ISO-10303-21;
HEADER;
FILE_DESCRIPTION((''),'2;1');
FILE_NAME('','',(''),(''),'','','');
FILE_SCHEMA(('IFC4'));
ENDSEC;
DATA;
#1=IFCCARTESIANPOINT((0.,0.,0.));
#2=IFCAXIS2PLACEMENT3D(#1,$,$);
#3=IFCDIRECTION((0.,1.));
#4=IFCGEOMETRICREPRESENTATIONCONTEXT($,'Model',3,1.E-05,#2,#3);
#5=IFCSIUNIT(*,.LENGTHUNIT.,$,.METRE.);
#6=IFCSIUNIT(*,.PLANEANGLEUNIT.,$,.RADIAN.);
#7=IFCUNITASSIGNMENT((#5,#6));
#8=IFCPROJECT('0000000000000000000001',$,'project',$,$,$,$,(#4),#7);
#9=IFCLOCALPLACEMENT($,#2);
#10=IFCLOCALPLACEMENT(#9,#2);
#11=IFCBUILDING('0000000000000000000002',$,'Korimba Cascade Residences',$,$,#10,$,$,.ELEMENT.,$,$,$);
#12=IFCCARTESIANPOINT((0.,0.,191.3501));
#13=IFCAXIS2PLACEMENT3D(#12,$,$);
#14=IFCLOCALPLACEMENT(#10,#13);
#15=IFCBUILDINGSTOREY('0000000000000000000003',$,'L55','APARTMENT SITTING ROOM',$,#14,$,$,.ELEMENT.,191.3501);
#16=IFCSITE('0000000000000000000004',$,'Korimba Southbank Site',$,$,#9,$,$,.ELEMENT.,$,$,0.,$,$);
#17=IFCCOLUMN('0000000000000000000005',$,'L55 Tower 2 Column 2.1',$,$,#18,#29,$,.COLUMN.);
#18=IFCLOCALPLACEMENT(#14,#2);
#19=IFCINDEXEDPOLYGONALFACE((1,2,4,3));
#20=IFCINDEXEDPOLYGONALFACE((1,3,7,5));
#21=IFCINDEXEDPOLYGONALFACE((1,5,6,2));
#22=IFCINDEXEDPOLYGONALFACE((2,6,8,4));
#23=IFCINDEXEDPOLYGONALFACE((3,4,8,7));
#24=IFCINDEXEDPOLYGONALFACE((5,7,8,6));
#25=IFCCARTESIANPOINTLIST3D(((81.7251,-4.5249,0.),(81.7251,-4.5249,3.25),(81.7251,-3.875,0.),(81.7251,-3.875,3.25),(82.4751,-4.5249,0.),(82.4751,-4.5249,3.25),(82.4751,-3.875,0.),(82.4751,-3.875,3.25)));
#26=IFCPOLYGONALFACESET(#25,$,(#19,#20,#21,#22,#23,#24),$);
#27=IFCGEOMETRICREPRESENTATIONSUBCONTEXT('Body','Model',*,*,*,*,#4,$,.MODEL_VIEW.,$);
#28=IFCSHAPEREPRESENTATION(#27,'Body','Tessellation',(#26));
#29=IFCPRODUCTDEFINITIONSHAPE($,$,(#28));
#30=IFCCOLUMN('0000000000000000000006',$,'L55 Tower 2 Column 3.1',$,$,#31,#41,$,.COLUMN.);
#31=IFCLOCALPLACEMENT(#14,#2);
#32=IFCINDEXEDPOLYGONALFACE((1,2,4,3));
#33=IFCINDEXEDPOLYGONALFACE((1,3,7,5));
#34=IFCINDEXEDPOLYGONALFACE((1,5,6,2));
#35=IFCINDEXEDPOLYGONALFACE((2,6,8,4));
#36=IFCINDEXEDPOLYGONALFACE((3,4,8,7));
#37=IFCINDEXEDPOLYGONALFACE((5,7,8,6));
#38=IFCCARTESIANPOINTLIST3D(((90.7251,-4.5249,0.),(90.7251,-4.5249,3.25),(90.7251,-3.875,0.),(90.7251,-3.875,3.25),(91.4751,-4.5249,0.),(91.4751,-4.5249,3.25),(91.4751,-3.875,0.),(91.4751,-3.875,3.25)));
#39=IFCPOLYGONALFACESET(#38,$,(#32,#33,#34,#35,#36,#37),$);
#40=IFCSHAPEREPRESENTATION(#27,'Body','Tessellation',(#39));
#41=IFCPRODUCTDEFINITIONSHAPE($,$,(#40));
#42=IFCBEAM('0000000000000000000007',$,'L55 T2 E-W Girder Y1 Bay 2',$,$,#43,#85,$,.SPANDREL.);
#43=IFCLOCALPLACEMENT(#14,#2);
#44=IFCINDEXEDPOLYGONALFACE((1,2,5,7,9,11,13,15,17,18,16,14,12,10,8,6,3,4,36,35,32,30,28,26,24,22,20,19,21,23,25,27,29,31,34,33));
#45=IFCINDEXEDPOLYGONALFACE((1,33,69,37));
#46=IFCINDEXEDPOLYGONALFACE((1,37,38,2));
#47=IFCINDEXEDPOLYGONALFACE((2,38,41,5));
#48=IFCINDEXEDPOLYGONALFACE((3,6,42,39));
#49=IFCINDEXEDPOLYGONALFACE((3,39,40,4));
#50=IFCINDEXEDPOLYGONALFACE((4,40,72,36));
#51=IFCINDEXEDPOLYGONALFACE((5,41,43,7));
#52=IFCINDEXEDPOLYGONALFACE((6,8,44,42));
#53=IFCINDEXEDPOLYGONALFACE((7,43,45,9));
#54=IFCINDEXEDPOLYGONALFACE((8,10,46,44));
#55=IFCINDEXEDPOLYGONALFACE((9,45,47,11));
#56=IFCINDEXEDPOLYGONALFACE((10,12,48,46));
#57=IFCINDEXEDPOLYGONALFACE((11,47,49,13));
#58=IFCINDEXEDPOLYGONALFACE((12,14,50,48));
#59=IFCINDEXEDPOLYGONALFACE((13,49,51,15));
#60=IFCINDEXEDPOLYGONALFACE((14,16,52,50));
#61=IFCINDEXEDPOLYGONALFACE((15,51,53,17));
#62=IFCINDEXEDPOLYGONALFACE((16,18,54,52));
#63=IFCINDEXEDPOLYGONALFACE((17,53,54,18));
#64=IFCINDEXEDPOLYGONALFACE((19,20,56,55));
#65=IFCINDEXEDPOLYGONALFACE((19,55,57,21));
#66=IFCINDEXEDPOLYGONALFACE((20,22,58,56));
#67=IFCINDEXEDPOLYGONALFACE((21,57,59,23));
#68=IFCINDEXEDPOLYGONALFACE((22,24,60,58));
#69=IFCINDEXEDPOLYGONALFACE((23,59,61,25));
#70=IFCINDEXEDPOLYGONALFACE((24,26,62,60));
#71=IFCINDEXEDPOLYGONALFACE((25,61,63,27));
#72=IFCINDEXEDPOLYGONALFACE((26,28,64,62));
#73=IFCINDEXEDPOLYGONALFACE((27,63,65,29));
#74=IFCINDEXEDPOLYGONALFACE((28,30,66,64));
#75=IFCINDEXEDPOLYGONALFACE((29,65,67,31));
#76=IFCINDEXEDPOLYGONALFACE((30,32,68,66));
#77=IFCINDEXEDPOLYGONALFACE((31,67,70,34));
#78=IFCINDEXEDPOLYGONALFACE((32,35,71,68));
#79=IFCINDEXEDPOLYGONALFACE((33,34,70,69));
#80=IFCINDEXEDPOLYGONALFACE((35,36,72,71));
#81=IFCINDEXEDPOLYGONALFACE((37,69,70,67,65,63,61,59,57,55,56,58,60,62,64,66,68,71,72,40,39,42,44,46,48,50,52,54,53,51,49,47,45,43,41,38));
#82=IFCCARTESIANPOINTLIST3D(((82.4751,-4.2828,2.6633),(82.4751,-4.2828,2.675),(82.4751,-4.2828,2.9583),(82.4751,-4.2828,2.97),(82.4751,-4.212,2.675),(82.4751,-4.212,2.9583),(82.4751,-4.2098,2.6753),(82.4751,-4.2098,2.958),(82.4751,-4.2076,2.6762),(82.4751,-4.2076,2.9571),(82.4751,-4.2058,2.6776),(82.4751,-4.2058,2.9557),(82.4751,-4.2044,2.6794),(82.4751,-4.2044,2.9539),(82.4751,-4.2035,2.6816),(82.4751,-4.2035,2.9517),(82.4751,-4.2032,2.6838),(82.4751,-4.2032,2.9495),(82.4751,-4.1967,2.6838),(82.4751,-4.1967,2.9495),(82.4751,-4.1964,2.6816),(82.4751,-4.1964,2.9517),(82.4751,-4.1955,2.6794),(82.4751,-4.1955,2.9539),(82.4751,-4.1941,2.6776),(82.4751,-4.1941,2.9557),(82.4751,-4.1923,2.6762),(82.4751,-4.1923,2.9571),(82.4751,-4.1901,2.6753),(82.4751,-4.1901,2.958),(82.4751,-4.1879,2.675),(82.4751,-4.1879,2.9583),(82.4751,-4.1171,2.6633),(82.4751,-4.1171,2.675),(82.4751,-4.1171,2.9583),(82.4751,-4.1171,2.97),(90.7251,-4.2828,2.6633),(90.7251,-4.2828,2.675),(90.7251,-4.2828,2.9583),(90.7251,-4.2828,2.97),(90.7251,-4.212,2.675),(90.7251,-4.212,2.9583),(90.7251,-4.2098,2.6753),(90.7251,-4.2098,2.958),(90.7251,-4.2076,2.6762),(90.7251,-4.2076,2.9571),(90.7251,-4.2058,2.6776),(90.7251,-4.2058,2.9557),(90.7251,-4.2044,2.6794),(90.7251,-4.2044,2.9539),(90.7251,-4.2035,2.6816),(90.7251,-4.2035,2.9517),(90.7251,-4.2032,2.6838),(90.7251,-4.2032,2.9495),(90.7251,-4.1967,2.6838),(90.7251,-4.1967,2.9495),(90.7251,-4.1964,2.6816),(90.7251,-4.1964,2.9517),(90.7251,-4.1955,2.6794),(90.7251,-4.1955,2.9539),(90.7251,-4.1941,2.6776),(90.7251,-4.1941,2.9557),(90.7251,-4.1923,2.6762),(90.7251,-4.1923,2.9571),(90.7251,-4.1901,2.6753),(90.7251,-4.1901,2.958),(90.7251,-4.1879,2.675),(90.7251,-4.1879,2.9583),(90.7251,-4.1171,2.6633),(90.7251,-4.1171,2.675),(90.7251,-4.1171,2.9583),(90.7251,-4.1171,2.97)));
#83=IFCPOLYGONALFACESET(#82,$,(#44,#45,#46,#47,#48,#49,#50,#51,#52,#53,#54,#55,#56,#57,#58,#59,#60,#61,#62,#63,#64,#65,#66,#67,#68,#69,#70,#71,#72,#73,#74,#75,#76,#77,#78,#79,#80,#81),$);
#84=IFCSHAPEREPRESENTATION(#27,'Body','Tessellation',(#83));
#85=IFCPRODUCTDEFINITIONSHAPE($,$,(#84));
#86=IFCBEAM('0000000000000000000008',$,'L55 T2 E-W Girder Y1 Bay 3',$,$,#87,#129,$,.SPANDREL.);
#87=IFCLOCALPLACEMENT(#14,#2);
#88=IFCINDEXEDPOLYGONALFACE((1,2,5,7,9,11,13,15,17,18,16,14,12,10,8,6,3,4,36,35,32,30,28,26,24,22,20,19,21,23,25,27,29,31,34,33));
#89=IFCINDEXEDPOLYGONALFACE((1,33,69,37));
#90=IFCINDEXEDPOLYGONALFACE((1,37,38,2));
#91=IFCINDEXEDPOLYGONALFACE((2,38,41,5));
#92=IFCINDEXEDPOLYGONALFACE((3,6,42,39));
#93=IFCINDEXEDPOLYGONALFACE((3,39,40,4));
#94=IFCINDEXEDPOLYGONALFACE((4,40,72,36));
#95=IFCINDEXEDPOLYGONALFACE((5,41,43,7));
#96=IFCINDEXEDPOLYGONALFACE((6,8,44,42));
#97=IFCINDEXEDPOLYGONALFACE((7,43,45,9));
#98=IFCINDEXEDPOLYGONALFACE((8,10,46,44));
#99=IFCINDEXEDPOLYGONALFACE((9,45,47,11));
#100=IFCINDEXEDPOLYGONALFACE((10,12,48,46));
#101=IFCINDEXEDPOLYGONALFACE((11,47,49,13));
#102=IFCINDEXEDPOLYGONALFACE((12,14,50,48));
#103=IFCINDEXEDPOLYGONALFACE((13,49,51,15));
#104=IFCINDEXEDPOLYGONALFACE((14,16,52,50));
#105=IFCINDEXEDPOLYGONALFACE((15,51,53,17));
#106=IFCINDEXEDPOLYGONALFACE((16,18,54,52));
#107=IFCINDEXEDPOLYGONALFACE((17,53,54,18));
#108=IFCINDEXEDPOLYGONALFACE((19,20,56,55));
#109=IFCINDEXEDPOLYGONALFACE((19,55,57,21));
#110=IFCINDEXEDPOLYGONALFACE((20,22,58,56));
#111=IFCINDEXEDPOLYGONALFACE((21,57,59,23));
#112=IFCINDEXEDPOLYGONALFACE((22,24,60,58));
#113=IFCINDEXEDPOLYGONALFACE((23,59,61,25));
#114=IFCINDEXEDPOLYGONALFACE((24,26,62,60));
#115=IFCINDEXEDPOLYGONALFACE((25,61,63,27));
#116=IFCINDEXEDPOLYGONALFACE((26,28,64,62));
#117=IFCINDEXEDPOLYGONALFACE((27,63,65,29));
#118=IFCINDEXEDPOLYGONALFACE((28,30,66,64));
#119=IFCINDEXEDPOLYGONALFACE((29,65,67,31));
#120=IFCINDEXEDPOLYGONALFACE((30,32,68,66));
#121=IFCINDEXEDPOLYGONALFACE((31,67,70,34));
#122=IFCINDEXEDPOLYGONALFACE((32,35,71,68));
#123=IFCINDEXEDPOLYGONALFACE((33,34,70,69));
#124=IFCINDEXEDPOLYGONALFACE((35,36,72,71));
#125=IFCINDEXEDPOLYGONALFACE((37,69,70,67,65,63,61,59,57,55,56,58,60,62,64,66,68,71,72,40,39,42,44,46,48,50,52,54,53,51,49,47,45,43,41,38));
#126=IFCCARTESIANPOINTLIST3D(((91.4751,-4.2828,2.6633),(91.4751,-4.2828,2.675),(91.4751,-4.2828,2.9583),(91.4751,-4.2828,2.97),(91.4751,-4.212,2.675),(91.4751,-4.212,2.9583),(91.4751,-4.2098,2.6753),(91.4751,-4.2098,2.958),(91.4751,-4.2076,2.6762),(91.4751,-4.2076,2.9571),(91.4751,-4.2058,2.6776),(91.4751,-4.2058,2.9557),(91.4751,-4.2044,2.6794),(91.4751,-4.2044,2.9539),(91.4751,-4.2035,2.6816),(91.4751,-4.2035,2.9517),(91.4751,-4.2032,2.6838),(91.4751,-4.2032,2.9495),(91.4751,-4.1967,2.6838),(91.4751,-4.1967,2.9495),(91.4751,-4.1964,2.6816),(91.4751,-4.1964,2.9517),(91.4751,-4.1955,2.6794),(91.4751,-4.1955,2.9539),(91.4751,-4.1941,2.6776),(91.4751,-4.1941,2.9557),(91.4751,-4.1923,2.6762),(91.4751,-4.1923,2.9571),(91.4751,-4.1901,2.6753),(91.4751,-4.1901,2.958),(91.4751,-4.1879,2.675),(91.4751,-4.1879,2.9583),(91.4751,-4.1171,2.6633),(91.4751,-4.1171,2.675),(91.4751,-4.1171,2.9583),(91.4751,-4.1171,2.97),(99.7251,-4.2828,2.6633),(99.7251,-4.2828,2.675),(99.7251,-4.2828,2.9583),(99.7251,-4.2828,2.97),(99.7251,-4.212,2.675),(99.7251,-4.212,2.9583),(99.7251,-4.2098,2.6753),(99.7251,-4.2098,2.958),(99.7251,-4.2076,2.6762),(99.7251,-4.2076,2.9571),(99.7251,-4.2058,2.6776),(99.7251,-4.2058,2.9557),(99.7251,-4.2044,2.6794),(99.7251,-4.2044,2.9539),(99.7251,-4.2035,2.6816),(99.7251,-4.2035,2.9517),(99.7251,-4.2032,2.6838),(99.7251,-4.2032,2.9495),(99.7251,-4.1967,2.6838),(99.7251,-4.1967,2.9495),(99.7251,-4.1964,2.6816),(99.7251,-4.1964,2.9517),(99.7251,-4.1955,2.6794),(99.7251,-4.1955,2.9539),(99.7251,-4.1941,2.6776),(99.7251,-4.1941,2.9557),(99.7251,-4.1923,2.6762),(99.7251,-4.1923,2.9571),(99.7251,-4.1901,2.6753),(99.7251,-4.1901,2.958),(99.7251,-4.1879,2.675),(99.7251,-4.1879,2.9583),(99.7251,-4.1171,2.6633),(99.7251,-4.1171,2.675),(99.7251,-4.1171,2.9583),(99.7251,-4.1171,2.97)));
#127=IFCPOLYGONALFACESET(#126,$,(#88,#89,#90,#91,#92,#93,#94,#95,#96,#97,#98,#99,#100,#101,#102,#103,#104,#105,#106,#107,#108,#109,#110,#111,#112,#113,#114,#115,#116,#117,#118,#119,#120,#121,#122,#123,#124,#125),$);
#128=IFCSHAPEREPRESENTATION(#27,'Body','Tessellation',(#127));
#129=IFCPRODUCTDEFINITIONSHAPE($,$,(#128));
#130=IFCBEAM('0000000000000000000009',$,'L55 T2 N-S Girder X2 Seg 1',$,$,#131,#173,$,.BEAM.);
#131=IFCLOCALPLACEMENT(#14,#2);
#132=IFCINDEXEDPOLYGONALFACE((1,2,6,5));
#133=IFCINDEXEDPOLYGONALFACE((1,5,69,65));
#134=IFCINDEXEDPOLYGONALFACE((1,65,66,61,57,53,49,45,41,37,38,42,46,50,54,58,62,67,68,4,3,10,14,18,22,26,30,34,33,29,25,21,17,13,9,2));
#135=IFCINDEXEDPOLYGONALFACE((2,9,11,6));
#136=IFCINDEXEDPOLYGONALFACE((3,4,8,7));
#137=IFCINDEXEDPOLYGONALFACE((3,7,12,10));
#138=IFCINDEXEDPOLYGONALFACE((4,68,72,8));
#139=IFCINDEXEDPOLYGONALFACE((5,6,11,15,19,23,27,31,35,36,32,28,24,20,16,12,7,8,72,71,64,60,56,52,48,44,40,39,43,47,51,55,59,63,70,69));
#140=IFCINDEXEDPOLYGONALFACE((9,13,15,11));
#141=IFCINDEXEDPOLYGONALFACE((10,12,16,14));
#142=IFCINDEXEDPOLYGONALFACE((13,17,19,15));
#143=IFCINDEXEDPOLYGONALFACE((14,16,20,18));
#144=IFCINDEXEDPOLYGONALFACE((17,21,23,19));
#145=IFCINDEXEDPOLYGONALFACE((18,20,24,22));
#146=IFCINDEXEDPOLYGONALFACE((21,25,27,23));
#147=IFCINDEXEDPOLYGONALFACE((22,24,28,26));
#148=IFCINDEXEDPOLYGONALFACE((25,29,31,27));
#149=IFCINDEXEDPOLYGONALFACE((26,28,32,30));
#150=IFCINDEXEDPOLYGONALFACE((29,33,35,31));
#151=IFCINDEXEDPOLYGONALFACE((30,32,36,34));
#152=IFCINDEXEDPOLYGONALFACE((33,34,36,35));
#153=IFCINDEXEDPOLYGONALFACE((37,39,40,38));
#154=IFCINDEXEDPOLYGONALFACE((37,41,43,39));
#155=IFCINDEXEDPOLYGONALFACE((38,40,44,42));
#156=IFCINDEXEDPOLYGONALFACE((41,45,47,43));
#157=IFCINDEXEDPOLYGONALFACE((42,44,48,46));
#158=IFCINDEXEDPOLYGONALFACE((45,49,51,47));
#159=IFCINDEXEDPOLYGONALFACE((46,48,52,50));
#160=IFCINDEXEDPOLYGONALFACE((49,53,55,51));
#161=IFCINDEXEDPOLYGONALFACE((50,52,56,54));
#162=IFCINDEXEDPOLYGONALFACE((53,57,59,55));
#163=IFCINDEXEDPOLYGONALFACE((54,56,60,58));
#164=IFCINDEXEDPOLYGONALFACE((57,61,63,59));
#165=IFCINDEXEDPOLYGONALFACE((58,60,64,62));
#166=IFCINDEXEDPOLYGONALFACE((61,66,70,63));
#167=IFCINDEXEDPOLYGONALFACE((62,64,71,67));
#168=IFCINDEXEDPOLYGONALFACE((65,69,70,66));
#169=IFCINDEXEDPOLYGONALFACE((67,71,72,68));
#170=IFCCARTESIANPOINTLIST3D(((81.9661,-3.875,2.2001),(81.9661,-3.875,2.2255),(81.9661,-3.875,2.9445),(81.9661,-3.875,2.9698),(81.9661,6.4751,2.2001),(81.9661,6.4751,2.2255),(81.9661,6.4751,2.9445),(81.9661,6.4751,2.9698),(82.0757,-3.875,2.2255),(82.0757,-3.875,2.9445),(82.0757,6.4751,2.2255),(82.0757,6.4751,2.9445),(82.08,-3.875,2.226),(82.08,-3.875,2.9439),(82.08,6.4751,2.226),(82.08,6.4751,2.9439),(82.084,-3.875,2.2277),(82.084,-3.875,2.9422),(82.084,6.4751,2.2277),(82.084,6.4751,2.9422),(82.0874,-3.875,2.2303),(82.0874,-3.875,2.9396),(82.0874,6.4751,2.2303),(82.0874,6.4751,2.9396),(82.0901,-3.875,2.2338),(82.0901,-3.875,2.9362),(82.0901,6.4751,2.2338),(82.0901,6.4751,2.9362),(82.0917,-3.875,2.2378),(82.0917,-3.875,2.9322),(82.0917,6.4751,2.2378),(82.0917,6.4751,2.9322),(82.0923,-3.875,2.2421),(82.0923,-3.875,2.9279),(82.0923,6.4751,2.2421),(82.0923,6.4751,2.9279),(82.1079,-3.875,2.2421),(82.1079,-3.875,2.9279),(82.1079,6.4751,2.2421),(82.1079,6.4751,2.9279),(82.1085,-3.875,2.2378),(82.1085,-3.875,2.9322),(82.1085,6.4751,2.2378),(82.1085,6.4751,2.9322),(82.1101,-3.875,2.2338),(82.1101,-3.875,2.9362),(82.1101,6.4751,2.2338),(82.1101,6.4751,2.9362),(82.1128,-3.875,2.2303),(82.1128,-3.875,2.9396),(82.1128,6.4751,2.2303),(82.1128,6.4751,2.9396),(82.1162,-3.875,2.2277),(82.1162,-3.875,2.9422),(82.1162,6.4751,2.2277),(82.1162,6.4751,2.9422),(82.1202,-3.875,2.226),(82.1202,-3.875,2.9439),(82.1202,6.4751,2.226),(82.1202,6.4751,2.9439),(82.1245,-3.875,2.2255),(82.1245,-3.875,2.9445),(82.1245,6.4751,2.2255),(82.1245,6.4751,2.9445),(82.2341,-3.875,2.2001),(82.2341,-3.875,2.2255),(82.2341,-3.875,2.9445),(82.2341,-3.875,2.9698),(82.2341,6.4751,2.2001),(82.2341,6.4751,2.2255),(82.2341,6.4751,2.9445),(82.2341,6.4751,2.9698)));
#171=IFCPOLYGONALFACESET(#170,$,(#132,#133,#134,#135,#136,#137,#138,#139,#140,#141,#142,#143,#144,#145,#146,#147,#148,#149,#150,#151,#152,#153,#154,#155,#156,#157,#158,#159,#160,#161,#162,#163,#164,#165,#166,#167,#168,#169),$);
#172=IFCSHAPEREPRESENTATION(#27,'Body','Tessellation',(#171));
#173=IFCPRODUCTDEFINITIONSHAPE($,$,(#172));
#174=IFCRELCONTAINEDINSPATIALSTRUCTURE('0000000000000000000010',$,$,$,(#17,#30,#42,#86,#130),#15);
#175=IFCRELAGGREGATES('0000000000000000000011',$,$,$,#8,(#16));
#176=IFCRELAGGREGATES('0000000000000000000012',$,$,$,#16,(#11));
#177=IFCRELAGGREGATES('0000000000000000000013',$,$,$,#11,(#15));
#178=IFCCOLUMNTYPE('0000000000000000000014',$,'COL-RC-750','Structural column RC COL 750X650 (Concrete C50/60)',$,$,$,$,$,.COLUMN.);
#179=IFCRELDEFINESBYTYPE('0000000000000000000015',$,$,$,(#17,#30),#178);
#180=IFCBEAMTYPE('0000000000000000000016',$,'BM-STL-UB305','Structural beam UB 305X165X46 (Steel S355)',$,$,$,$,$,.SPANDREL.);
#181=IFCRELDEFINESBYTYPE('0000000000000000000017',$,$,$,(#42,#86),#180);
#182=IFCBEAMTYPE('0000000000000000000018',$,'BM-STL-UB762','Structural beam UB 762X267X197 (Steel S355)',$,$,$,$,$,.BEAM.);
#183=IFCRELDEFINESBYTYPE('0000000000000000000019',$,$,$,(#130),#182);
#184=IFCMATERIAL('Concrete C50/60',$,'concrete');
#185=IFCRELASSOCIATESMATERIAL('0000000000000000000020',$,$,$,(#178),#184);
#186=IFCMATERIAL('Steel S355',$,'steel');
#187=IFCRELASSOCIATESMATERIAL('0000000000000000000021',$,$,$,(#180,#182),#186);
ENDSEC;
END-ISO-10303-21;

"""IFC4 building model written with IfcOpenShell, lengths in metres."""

from ifc_helpers import new_model, si_unit, direction, frame, origin, origin_2d, place, context, subcontext, project, spatial, rectangle, i_section, extrude, material, material_profile, profile_set, type_object, element, save


model = new_model("IFC4")

# Units and contexts
model_context = context("Model", 3, precision=1e-05, world=origin(), true_north=direction((0.0, 1.0)))
body_context = subcontext(model_context, "Body", "Model", "MODEL_VIEW")
ifc_project = project(units=[si_unit("LENGTHUNIT", "METRE"), si_unit("PLANEANGLEUNIT", "RADIAN")], contexts=[model_context])

# Site, building, storey
site_placement = place(None, origin())
site = spatial("IfcSite", under=ifc_project, at=site_placement, Name="Korimba Southbank Site", CompositionType="ELEMENT", RefElevation=0.0)
building_placement = place(site_placement, origin())
building = spatial("IfcBuilding", under=site, at=building_placement, Name="Korimba Cascade Residences", CompositionType="ELEMENT")
storey_placement = place(building_placement, frame((0.0, 0.0, 191.3501)))
storey = spatial("IfcBuildingStorey", under=building, at=storey_placement, Name="L55", Description="APARTMENT SITTING ROOM", CompositionType="ELEMENT", Elevation=191.3501)

# Columns
ifc_material_1 = material(Name="Concrete C50/60", Category="concrete")
ifc_material_profile_1 = material_profile(ifc_material_1, rectangle(XDim=0.75, YDim=0.6499, at=origin_2d()), Name="Concrete C50/60")
ifc_profile_set_1 = profile_set([ifc_material_profile_1], Name="Concrete C50/60")
column_type = type_object("IfcColumnType", Name="COL-RC-750", Description="Structural column RC COL 750X650 (Concrete C50/60)", PredefinedType="COLUMN", material=ifc_profile_set_1)
for number, where, z_axis, x_axis, name in (
    (1, (82.1001, -4.2, 0.0), (0.0, 0.0, 1.0), (1.0, 0.0, 0.0), "L55 Tower 2 Column 2.1"),
    (2, (91.1001, -4.2, 0.0), (0.0, 0.0, 1.0), (1.0, 0.0, 0.0), "L55 Tower 2 Column 3.1"),
):
    element("IfcColumn", number, at=place(storey_placement, frame(where, z_axis=z_axis, x_axis=x_axis)), inside=storey, type_object=column_type, Name=name, PredefinedType="COLUMN", context=body_context, shape_type="SweptSolid", body=[
        extrude(rectangle(XDim=0.75, YDim=0.6499, at=origin_2d()), origin(), (0.0, 0.0, 1.0), 3.25),
    ])

# Beams
ifc_material_2 = material(Name="Steel S355", Category="steel")
ifc_material_profile_2 = material_profile(ifc_material_2, i_section(OverallWidth=0.1658, OverallDepth=0.3066, WebThickness=0.0066, FlangeThickness=0.0117, FilletRadius=0.0088, at=origin_2d()), Name="Steel S355")
ifc_profile_set_2 = profile_set([ifc_material_profile_2], Name="Steel S355")
beam_type_1 = type_object("IfcBeamType", Name="BM-STL-UB305", Description="Structural beam UB 305X165X46 (Steel S355)", PredefinedType="SPANDREL", material=ifc_profile_set_2)
for number, where, z_axis, x_axis, name in (
    (3, (82.4751, -4.2, 2.8167), (1.0, 0.0, 0.0), (0.0, 1.0, 0.0), "L55 T2 E-W Girder Y1 Bay 2"),
    (4, (91.4751, -4.2, 2.8167), (1.0, 0.0, 0.0), (0.0, 1.0, 0.0), "L55 T2 E-W Girder Y1 Bay 3"),
):
    element("IfcBeam", number, at=place(storey_placement, frame(where, z_axis=z_axis, x_axis=x_axis)), inside=storey, type_object=beam_type_1, Name=name, PredefinedType="SPANDREL", context=body_context, shape_type="SweptSolid", body=[
        extrude(i_section(OverallWidth=0.1658, OverallDepth=0.3066, WebThickness=0.0066, FlangeThickness=0.0117, FilletRadius=0.0088, at=origin_2d()), origin(), (0.0, 0.0, 1.0), 8.25),
    ])
ifc_material_profile_3 = material_profile(ifc_material_2, i_section(OverallWidth=0.2681, OverallDepth=0.7698, WebThickness=0.0156, FlangeThickness=0.0254, FilletRadius=0.0166, at=origin_2d()), Name="Steel S355")
ifc_profile_set_3 = profile_set([ifc_material_profile_3], Name="Steel S355")
beam_type_2 = type_object("IfcBeamType", Name="BM-STL-UB762", Description="Structural beam UB 762X267X197 (Steel S355)", PredefinedType="BEAM", material=ifc_profile_set_3)
for number, where, z_axis, x_axis, name in (
    (5, (82.1001, -3.875, 2.585), (0.0, 1.0, 0.0), (-1.0, 0.0, 0.0), "L55 T2 N-S Girder X2 Seg 1"),
):
    element("IfcBeam", number, at=place(storey_placement, frame(where, z_axis=z_axis, x_axis=x_axis)), inside=storey, type_object=beam_type_2, Name=name, PredefinedType="BEAM", context=body_context, shape_type="SweptSolid", body=[
        extrude(i_section(OverallWidth=0.2681, OverallDepth=0.7698, WebThickness=0.0156, FlangeThickness=0.0254, FilletRadius=0.0166, at=origin_2d()), origin(), (0.0, 0.0, 1.0), 10.3501),
    ])

save(model, "model.ifc")
